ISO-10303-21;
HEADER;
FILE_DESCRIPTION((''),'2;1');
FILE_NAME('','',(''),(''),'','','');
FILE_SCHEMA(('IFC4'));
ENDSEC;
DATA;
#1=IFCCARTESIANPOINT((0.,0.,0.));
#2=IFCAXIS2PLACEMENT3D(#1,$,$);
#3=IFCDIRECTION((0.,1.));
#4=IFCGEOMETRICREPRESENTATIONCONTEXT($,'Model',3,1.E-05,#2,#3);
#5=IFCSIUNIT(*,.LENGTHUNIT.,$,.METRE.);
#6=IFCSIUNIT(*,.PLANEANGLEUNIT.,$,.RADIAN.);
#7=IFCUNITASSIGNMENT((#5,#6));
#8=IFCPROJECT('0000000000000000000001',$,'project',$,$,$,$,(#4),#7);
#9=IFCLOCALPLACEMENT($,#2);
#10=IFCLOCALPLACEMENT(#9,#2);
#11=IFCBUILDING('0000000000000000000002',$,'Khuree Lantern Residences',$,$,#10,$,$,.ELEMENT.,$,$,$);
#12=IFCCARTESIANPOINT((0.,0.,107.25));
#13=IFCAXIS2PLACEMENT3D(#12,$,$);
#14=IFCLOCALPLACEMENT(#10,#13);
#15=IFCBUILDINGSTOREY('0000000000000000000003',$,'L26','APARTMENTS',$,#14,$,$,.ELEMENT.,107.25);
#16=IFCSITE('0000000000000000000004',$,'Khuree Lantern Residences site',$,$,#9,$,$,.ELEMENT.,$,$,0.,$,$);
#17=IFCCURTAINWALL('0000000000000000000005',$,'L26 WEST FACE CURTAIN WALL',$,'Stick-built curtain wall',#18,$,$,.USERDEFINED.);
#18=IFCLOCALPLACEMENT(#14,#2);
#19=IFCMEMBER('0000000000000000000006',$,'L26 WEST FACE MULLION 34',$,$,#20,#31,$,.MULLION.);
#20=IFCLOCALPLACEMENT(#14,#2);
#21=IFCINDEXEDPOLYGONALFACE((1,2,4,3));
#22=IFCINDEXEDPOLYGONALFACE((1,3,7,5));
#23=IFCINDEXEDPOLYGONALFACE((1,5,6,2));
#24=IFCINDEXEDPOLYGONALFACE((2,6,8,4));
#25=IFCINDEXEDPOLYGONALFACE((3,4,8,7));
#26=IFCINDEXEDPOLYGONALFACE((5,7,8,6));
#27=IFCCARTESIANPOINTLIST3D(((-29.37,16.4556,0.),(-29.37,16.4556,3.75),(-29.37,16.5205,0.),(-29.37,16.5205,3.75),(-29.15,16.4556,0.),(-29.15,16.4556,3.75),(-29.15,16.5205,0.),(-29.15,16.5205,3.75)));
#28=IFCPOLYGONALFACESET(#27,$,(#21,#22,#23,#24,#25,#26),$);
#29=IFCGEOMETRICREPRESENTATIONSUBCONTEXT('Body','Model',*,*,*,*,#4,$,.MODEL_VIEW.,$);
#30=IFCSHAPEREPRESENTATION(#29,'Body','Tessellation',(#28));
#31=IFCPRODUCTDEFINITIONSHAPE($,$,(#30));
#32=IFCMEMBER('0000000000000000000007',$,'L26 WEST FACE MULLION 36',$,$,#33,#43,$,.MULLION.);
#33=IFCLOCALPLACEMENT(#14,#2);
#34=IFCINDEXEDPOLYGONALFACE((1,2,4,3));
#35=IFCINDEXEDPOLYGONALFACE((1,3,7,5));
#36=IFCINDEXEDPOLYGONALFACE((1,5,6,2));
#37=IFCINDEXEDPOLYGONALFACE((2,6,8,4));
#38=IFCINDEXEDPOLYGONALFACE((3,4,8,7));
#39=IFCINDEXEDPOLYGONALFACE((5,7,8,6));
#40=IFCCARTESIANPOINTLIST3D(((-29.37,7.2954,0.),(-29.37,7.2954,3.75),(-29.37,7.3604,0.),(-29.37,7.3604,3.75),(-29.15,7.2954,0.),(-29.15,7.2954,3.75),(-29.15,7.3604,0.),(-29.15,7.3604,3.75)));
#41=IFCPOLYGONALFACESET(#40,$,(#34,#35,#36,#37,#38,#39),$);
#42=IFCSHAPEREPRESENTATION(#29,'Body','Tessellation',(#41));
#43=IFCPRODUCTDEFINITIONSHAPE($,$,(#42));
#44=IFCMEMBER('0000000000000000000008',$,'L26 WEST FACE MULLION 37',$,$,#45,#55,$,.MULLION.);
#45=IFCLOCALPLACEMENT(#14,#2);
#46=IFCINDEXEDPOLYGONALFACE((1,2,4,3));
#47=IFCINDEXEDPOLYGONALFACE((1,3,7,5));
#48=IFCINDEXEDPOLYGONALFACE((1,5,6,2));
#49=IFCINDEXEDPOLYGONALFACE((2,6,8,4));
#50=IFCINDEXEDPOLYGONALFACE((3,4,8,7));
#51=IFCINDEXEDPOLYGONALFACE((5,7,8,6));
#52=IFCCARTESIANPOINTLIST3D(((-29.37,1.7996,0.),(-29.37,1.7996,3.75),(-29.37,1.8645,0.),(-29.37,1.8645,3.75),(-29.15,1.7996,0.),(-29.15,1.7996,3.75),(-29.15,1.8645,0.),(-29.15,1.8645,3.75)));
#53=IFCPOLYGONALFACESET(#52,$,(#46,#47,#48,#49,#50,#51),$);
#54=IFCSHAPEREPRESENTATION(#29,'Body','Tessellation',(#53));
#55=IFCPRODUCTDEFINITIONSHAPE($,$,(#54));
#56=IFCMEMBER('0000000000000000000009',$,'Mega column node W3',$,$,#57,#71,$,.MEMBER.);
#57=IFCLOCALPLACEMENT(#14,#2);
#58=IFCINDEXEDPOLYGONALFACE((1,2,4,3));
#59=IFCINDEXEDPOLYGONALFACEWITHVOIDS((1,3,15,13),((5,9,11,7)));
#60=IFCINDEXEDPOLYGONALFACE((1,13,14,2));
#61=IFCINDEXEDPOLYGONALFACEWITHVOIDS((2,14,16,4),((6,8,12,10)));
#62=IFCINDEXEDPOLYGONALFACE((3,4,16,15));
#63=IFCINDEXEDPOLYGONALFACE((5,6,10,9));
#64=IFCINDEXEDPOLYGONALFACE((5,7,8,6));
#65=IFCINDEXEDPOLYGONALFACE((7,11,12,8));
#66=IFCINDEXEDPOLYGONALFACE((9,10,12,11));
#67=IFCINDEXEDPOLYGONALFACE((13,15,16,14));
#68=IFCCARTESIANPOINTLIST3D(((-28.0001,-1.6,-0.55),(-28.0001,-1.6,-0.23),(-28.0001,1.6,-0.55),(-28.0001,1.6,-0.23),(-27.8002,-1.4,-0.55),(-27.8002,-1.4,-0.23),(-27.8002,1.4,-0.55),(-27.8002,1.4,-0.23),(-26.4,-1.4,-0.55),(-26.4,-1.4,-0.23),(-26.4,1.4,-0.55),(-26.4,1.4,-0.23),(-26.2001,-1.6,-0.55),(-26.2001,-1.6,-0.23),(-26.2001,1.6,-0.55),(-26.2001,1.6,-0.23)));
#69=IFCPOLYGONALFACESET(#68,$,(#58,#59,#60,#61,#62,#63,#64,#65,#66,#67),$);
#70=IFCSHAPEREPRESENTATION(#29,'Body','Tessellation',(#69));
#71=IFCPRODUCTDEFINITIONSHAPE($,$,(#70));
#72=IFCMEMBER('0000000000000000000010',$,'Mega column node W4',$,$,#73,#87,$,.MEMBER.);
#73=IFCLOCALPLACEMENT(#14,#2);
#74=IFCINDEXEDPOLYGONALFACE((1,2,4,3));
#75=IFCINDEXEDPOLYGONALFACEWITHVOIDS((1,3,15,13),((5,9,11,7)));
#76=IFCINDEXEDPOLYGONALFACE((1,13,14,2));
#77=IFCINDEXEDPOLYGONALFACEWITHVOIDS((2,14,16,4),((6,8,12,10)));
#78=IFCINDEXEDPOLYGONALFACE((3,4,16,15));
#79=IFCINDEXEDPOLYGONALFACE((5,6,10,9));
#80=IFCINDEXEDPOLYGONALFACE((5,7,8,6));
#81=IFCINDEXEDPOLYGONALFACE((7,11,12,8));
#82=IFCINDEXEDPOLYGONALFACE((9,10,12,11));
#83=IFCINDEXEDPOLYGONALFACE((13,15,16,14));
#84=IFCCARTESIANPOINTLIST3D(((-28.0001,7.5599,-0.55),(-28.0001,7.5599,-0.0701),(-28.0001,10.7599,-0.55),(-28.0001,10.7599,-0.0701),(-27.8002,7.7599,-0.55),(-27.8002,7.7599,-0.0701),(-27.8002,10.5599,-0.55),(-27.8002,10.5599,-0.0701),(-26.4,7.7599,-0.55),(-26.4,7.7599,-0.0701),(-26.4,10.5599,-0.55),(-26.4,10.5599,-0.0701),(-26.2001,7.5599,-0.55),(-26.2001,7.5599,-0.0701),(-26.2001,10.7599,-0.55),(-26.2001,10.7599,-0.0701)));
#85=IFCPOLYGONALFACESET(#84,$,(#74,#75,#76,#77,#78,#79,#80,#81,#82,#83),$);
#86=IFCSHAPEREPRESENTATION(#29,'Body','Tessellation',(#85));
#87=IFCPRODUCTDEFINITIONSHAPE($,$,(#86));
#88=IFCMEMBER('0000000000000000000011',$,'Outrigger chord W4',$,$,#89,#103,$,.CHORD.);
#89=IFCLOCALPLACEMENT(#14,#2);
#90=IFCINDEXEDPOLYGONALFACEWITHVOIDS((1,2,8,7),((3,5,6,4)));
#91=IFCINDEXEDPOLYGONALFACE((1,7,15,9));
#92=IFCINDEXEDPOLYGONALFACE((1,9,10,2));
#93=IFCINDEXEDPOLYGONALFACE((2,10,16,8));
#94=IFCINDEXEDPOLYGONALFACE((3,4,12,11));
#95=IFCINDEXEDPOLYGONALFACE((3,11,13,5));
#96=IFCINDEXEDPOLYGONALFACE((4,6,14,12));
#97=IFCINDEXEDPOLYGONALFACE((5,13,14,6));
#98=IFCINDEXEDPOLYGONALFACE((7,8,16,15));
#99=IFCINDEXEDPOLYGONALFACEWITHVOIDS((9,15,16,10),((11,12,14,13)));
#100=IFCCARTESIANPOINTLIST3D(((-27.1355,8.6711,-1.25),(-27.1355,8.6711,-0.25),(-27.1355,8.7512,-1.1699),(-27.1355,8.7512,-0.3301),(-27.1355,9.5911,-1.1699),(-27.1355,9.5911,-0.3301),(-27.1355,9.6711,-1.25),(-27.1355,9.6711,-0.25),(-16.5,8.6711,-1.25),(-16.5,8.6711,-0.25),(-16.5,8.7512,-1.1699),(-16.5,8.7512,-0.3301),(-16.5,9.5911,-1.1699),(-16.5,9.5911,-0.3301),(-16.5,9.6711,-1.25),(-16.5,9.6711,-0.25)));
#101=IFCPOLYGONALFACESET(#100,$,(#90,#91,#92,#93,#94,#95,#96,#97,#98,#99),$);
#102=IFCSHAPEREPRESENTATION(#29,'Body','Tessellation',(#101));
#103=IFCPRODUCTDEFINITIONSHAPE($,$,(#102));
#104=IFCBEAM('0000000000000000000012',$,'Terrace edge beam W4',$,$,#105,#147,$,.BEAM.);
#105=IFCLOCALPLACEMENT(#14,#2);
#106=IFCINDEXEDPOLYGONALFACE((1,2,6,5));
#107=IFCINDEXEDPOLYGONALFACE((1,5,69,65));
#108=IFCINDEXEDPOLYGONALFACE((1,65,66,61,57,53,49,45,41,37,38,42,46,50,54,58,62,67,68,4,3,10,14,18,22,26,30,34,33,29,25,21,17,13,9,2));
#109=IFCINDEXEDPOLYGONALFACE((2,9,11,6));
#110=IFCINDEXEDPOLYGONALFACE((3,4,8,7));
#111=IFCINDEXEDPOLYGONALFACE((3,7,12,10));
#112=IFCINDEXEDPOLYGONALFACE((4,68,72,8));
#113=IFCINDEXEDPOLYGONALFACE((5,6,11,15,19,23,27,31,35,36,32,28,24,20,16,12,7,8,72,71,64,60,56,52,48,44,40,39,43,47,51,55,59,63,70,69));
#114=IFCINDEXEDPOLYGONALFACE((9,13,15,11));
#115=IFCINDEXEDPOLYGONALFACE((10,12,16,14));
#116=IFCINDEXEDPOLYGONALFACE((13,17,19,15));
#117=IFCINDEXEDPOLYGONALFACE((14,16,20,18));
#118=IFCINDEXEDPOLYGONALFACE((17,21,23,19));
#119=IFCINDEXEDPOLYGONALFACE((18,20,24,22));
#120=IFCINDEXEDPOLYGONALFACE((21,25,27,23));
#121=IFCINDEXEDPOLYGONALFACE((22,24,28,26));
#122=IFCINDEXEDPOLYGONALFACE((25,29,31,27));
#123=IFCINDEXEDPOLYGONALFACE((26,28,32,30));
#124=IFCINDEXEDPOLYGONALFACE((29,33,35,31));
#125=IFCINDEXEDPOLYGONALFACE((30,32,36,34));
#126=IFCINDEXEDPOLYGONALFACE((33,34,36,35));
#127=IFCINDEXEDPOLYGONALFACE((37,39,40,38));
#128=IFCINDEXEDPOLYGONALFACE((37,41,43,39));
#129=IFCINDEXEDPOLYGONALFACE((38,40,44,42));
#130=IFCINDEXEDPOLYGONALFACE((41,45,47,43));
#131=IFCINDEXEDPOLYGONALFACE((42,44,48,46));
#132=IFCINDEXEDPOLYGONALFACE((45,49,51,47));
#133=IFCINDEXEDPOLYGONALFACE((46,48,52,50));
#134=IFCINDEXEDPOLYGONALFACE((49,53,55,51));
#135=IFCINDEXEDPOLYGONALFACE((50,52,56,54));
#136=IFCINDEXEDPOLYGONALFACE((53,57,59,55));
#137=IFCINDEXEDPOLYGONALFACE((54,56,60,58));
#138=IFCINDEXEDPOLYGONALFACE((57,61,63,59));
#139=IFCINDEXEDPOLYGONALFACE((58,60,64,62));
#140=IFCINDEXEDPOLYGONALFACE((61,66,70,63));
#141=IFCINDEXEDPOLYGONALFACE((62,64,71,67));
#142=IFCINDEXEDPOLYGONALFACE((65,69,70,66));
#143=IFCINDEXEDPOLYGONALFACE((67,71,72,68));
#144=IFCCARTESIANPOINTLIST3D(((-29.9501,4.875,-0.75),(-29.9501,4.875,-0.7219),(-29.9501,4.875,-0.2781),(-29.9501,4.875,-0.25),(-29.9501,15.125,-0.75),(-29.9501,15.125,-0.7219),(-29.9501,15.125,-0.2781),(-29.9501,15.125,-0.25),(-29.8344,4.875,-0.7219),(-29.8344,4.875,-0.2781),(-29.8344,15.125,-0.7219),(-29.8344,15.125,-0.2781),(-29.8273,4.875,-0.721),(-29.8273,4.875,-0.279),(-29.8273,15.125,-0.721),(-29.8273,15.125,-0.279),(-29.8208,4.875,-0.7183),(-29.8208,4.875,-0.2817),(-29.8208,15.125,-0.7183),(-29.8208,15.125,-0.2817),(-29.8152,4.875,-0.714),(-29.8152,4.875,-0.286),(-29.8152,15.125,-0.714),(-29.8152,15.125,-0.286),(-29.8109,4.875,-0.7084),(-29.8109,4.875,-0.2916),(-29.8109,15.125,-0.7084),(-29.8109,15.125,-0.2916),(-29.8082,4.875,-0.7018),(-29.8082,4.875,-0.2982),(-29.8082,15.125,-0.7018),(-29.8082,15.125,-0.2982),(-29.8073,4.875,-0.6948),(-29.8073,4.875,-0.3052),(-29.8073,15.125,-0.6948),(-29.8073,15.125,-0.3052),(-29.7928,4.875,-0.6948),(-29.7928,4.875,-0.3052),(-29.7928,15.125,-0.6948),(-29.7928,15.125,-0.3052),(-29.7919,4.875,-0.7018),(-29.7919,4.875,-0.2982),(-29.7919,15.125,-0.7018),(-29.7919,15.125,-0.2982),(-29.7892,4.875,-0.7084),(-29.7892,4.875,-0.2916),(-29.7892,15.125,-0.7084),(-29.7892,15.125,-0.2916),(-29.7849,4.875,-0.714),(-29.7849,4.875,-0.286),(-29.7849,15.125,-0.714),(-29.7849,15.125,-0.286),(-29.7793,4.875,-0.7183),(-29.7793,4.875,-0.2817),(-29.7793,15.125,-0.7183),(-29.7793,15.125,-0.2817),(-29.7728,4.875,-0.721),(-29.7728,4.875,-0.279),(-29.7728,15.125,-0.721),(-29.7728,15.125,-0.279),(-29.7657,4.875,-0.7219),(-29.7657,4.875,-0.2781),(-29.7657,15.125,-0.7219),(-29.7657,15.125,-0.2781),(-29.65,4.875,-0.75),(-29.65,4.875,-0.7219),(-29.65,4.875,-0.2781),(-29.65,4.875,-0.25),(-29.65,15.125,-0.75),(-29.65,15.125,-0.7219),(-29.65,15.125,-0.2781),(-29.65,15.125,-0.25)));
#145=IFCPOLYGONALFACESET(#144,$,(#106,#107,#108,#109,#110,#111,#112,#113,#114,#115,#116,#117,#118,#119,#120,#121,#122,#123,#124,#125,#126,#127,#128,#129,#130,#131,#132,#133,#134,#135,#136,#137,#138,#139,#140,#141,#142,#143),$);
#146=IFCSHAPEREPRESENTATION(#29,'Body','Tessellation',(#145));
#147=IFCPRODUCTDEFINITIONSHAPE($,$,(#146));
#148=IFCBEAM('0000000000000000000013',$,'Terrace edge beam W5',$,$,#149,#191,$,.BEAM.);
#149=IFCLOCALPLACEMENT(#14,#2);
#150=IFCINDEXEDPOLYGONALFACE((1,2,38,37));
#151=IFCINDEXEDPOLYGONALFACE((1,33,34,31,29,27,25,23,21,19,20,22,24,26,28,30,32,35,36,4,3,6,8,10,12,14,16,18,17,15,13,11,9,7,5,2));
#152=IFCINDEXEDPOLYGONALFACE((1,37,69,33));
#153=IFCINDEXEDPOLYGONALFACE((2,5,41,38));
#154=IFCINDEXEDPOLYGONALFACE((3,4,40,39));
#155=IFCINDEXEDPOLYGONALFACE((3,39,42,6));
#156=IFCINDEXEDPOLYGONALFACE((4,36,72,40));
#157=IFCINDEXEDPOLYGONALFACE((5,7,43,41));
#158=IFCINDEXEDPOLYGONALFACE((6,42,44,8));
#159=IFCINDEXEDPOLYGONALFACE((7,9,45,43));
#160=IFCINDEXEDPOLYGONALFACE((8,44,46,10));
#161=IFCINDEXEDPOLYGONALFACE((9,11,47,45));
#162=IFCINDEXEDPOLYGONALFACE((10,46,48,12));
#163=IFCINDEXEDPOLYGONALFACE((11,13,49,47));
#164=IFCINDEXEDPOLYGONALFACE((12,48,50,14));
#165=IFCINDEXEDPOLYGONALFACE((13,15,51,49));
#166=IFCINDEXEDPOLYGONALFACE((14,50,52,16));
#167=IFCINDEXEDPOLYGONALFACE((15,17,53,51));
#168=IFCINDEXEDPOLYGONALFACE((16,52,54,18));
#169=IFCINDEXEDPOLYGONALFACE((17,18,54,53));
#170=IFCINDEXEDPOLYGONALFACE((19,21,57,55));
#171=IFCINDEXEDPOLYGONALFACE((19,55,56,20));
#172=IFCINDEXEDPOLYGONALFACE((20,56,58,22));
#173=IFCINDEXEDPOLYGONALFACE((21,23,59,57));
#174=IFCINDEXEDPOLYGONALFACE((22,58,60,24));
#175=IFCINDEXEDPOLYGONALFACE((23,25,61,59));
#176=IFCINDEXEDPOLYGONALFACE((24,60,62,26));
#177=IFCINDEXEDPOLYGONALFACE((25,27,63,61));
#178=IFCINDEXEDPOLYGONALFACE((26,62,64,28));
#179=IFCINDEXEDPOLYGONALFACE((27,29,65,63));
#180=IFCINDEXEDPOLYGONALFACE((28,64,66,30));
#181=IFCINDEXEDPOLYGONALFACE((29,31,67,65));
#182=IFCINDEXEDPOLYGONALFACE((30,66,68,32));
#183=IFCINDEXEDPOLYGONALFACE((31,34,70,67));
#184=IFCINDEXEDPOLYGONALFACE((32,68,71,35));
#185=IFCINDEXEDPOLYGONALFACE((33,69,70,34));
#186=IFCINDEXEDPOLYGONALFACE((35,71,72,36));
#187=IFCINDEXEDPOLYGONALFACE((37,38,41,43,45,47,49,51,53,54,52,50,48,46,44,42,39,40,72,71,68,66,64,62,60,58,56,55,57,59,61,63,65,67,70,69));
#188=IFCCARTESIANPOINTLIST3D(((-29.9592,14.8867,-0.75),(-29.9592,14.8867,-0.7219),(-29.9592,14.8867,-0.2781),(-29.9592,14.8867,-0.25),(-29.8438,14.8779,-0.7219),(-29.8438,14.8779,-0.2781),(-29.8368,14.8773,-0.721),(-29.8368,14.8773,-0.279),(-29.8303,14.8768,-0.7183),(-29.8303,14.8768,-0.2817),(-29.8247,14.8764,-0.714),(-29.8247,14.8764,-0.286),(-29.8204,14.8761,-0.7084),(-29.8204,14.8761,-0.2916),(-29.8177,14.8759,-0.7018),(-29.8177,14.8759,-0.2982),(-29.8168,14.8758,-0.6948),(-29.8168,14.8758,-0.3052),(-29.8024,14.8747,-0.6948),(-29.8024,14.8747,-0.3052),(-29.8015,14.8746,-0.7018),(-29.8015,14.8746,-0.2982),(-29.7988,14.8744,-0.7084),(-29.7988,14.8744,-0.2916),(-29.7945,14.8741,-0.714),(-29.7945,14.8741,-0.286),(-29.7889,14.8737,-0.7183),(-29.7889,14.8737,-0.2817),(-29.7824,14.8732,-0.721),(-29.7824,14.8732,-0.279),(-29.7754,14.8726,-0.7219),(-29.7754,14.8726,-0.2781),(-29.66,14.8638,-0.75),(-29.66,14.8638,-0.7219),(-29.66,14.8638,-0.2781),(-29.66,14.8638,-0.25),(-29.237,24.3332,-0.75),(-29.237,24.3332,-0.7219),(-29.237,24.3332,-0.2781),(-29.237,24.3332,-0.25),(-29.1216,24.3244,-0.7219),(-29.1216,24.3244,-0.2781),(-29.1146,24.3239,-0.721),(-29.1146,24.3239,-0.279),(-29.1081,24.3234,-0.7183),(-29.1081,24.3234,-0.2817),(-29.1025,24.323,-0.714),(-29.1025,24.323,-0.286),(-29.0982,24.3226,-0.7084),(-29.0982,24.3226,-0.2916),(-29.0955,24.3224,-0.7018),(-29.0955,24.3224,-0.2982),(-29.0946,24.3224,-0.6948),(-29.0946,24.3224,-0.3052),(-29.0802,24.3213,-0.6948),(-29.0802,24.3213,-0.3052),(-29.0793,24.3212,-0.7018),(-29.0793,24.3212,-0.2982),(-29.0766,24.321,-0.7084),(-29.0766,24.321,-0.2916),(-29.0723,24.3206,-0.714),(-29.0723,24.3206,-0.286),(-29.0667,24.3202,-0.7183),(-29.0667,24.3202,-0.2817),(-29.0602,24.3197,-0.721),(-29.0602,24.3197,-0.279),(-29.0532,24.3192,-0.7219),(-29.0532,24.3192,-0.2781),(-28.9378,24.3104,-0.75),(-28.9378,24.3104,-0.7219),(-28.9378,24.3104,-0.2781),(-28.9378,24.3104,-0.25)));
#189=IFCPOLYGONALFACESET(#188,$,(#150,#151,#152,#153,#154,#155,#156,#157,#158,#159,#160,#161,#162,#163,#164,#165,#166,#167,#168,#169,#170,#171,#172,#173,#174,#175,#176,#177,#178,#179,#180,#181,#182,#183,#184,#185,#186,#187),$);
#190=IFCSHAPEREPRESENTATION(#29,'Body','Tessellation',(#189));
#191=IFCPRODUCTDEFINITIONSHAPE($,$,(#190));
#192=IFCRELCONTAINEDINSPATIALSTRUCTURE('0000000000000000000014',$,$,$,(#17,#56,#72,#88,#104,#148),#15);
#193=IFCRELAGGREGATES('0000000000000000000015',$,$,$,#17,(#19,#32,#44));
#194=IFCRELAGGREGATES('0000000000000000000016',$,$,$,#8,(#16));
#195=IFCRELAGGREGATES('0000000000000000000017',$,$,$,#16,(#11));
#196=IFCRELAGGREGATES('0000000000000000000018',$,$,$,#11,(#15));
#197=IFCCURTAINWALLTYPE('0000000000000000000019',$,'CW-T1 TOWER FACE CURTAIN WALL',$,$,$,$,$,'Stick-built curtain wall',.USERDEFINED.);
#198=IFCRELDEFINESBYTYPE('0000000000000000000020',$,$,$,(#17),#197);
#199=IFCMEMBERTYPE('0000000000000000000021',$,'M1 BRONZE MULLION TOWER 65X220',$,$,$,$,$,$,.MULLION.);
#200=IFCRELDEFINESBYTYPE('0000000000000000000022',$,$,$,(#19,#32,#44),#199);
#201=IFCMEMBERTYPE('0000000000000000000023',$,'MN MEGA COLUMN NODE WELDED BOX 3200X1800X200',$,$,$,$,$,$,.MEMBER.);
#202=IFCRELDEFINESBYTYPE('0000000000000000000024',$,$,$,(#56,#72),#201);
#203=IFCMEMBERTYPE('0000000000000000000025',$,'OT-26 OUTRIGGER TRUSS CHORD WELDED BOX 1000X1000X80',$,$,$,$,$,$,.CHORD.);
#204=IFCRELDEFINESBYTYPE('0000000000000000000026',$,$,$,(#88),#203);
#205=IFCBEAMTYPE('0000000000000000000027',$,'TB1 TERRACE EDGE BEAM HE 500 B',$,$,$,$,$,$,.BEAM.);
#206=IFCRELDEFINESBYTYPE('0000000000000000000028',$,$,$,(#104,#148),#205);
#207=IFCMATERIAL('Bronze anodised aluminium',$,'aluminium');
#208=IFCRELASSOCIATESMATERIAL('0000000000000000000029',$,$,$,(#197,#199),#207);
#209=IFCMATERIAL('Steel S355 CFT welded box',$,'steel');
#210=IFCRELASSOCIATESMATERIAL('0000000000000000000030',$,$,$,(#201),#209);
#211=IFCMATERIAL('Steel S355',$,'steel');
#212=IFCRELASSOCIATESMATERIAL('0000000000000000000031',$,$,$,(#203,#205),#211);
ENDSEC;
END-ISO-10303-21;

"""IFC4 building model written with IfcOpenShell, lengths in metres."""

from ifc_helpers import new_model, si_unit, direction, frame, origin, origin_2d, place, context, subcontext, project, spatial, rectangle, hollow_rectangle, i_section, extrude, material, material_profile, profile_set, type_object, element, aggregate, save


model = new_model("IFC4")

# Units and contexts
model_context = context("Model", 3, precision=1e-05, world=origin(), true_north=direction((0.0, 1.0)))
body_context = subcontext(model_context, "Body", "Model", "MODEL_VIEW")
ifc_project = project(units=[si_unit("LENGTHUNIT", "METRE"), si_unit("PLANEANGLEUNIT", "RADIAN")], contexts=[model_context])

# Site, building, storey
site_placement = place(None, origin())
site = spatial("IfcSite", under=ifc_project, at=site_placement, Name="Khuree Lantern Residences site", CompositionType="ELEMENT", RefElevation=0.0)
building_placement = place(site_placement, origin())
building = spatial("IfcBuilding", under=site, at=building_placement, Name="Khuree Lantern Residences", CompositionType="ELEMENT")
storey_placement = place(building_placement, frame((0.0, 0.0, 107.25)))
storey = spatial("IfcBuildingStorey", under=building, at=storey_placement, Name="L26", Description="APARTMENTS", CompositionType="ELEMENT", Elevation=107.25)

# Shared definitions
ifc_material_1 = material(Name="Steel S355 CFT welded box", Category="steel")

# Shared definitions
ifc_material_2 = material(Name="Steel S355", Category="steel")

# Curtain wall, members
ifc_material_3 = material(Name="Bronze anodised aluminium", Category="aluminium")
curtain_wall_type = type_object("IfcCurtainWallType", Name="CW-T1 TOWER FACE CURTAIN WALL", ElementType="Stick-built curtain wall", PredefinedType="USERDEFINED", material=ifc_material_3)
curtain_wall_placement = place(storey_placement, origin())
curtain_wall = element("IfcCurtainWall", 1, at=curtain_wall_placement, inside=storey, type_object=curtain_wall_type, Name="L26 WEST FACE CURTAIN WALL", ObjectType="Stick-built curtain wall", PredefinedType="USERDEFINED")
ifc_material_profile_1 = material_profile(ifc_material_3, rectangle(XDim=0.0649, YDim=0.22, at=origin_2d()), Name="M1 65X220")
ifc_profile_set_1 = profile_set([ifc_material_profile_1], Name="Bronze anodised aluminium")
member_type_1 = type_object("IfcMemberType", Name="M1 BRONZE MULLION TOWER 65X220", PredefinedType="MULLION", material=ifc_profile_set_1)
member_1_placement = place(storey_placement, frame((-29.26, 16.488, 0.0), z_axis=(0.0, 0.0, 1.0), x_axis=(0.0, -1.0, 0.0)))
member_1 = element("IfcMember", 2, at=member_1_placement, type_object=member_type_1, Name="L26 WEST FACE MULLION 34", PredefinedType="MULLION", context=body_context, shape_type="SweptSolid", body=[
    extrude(rectangle(XDim=0.0649, YDim=0.22, at=origin_2d()), origin(), (0.0, 0.0, 1.0), 3.75),
])
member_2_placement = place(storey_placement, frame((-29.26, 7.3279, 0.0), z_axis=(0.0, 0.0, 1.0), x_axis=(0.0, -1.0, 0.0)))
member_2 = element("IfcMember", 3, at=member_2_placement, type_object=member_type_1, Name="L26 WEST FACE MULLION 36", PredefinedType="MULLION", context=body_context, shape_type="SweptSolid", body=[
    extrude(rectangle(XDim=0.0649, YDim=0.22, at=origin_2d()), origin(), (0.0, 0.0, 1.0), 3.75),
])
member_3_placement = place(storey_placement, frame((-29.26, 1.832, 0.0), z_axis=(0.0, 0.0, 1.0), x_axis=(0.0, -1.0, 0.0)))
member_3 = element("IfcMember", 4, at=member_3_placement, type_object=member_type_1, Name="L26 WEST FACE MULLION 37", PredefinedType="MULLION", context=body_context, shape_type="SweptSolid", body=[
    extrude(rectangle(XDim=0.0649, YDim=0.22, at=origin_2d()), origin(), (0.0, 0.0, 1.0), 3.75),
])

# Members
ifc_material_profile_2 = material_profile(ifc_material_1, hollow_rectangle(XDim=3.2, YDim=1.8, WallThickness=0.2, at=origin_2d()), Name="WELDED BOX 3200X1800X200")
ifc_profile_set_2 = profile_set([ifc_material_profile_2], Name="Steel S355 CFT welded box")
member_type_2 = type_object("IfcMemberType", Name="MN MEGA COLUMN NODE WELDED BOX 3200X1800X200", PredefinedType="MEMBER", material=ifc_profile_set_2)
member_4_placement = place(storey_placement, frame((-27.1001, 0.0, -0.55), z_axis=(0.0, 0.0, 1.0), x_axis=(0.0, 1.0, 0.0)))
element("IfcMember", 5, at=member_4_placement, inside=storey, type_object=member_type_2, Name="Mega column node W3", PredefinedType="MEMBER", context=body_context, shape_type="SweptSolid", body=[
    extrude(hollow_rectangle(XDim=3.2, YDim=1.8, WallThickness=0.2, at=origin_2d()), origin(), (0.0, 0.0, 1.0), 0.3201),
])
member_5_placement = place(storey_placement, frame((-27.1001, 9.1599, -0.55), z_axis=(0.0, 0.0, 1.0), x_axis=(0.0, 1.0, 0.0)))
element("IfcMember", 6, at=member_5_placement, inside=storey, type_object=member_type_2, Name="Mega column node W4", PredefinedType="MEMBER", context=body_context, shape_type="SweptSolid", body=[
    extrude(hollow_rectangle(XDim=3.2, YDim=1.8, WallThickness=0.2, at=origin_2d()), origin(), (0.0, 0.0, 1.0), 0.48),
])
ifc_material_profile_3 = material_profile(ifc_material_2, hollow_rectangle(XDim=1.0, YDim=1.0, WallThickness=0.0801, at=origin_2d()), Name="WELDED BOX 1000X1000X80")
ifc_profile_set_3 = profile_set([ifc_material_profile_3], Name="Steel S355")
member_type_3 = type_object("IfcMemberType", Name="OT-26 OUTRIGGER TRUSS CHORD WELDED BOX 1000X1000X80", PredefinedType="CHORD", material=ifc_profile_set_3)
member_6_placement = place(storey_placement, frame((-27.1355, 9.1711, -0.75), z_axis=(1.0, 0.0, 0.0), x_axis=(0.0, 1.0, 0.0)))
element("IfcMember", 7, at=member_6_placement, inside=storey, type_object=member_type_3, Name="Outrigger chord W4", PredefinedType="CHORD", context=body_context, shape_type="SweptSolid", body=[
    extrude(hollow_rectangle(XDim=1.0, YDim=1.0, WallThickness=0.0801, at=origin_2d()), origin(), (0.0, 0.0, 1.0), 10.6355),
])

# Beams
ifc_material_profile_4 = material_profile(ifc_material_2, i_section(OverallWidth=0.3, OverallDepth=0.5, WebThickness=0.0144, FlangeThickness=0.0281, FilletRadius=0.0271, at=origin_2d()), Name="HE 500 B")
ifc_profile_set_4 = profile_set([ifc_material_profile_4], Name="Steel S355")
beam_type_1 = type_object("IfcBeamType", Name="TB1 TERRACE EDGE BEAM HE 500 B", PredefinedType="BEAM", material=ifc_profile_set_4)
beam_1_placement = place(storey_placement, frame((-29.8, 4.875, -0.5), z_axis=(0.0, 1.0, 0.0), x_axis=(-1.0, 0.0, 0.0)))
element("IfcBeam", 8, at=beam_1_placement, inside=storey, type_object=beam_type_1, Name="Terrace edge beam W4", PredefinedType="BEAM", context=body_context, shape_type="SweptSolid", body=[
    extrude(i_section(OverallWidth=0.3, OverallDepth=0.5, WebThickness=0.0144, FlangeThickness=0.0281, FilletRadius=0.0271, at=origin_2d()), origin(), (0.0, 0.0, 1.0), 10.25),
])
beam_2_placement = place(storey_placement, frame((-29.8096, 14.8752, -0.5), z_axis=(0.076226, 0.997091, 0.0), x_axis=(-0.997091, 0.076226, 0.0)))
element("IfcBeam", 9, at=beam_2_placement, inside=storey, type_object=beam_type_1, Name="Terrace edge beam W5", PredefinedType="BEAM", context=body_context, shape_type="SweptSolid", body=[
    extrude(i_section(OverallWidth=0.3, OverallDepth=0.5, WebThickness=0.0144, FlangeThickness=0.0281, FilletRadius=0.0271, at=origin_2d()), origin(), (0.0, 0.0, 1.0), 9.4741),
])

aggregate(curtain_wall, [member_1, member_2, member_3])

save(model, "model.ifc")
